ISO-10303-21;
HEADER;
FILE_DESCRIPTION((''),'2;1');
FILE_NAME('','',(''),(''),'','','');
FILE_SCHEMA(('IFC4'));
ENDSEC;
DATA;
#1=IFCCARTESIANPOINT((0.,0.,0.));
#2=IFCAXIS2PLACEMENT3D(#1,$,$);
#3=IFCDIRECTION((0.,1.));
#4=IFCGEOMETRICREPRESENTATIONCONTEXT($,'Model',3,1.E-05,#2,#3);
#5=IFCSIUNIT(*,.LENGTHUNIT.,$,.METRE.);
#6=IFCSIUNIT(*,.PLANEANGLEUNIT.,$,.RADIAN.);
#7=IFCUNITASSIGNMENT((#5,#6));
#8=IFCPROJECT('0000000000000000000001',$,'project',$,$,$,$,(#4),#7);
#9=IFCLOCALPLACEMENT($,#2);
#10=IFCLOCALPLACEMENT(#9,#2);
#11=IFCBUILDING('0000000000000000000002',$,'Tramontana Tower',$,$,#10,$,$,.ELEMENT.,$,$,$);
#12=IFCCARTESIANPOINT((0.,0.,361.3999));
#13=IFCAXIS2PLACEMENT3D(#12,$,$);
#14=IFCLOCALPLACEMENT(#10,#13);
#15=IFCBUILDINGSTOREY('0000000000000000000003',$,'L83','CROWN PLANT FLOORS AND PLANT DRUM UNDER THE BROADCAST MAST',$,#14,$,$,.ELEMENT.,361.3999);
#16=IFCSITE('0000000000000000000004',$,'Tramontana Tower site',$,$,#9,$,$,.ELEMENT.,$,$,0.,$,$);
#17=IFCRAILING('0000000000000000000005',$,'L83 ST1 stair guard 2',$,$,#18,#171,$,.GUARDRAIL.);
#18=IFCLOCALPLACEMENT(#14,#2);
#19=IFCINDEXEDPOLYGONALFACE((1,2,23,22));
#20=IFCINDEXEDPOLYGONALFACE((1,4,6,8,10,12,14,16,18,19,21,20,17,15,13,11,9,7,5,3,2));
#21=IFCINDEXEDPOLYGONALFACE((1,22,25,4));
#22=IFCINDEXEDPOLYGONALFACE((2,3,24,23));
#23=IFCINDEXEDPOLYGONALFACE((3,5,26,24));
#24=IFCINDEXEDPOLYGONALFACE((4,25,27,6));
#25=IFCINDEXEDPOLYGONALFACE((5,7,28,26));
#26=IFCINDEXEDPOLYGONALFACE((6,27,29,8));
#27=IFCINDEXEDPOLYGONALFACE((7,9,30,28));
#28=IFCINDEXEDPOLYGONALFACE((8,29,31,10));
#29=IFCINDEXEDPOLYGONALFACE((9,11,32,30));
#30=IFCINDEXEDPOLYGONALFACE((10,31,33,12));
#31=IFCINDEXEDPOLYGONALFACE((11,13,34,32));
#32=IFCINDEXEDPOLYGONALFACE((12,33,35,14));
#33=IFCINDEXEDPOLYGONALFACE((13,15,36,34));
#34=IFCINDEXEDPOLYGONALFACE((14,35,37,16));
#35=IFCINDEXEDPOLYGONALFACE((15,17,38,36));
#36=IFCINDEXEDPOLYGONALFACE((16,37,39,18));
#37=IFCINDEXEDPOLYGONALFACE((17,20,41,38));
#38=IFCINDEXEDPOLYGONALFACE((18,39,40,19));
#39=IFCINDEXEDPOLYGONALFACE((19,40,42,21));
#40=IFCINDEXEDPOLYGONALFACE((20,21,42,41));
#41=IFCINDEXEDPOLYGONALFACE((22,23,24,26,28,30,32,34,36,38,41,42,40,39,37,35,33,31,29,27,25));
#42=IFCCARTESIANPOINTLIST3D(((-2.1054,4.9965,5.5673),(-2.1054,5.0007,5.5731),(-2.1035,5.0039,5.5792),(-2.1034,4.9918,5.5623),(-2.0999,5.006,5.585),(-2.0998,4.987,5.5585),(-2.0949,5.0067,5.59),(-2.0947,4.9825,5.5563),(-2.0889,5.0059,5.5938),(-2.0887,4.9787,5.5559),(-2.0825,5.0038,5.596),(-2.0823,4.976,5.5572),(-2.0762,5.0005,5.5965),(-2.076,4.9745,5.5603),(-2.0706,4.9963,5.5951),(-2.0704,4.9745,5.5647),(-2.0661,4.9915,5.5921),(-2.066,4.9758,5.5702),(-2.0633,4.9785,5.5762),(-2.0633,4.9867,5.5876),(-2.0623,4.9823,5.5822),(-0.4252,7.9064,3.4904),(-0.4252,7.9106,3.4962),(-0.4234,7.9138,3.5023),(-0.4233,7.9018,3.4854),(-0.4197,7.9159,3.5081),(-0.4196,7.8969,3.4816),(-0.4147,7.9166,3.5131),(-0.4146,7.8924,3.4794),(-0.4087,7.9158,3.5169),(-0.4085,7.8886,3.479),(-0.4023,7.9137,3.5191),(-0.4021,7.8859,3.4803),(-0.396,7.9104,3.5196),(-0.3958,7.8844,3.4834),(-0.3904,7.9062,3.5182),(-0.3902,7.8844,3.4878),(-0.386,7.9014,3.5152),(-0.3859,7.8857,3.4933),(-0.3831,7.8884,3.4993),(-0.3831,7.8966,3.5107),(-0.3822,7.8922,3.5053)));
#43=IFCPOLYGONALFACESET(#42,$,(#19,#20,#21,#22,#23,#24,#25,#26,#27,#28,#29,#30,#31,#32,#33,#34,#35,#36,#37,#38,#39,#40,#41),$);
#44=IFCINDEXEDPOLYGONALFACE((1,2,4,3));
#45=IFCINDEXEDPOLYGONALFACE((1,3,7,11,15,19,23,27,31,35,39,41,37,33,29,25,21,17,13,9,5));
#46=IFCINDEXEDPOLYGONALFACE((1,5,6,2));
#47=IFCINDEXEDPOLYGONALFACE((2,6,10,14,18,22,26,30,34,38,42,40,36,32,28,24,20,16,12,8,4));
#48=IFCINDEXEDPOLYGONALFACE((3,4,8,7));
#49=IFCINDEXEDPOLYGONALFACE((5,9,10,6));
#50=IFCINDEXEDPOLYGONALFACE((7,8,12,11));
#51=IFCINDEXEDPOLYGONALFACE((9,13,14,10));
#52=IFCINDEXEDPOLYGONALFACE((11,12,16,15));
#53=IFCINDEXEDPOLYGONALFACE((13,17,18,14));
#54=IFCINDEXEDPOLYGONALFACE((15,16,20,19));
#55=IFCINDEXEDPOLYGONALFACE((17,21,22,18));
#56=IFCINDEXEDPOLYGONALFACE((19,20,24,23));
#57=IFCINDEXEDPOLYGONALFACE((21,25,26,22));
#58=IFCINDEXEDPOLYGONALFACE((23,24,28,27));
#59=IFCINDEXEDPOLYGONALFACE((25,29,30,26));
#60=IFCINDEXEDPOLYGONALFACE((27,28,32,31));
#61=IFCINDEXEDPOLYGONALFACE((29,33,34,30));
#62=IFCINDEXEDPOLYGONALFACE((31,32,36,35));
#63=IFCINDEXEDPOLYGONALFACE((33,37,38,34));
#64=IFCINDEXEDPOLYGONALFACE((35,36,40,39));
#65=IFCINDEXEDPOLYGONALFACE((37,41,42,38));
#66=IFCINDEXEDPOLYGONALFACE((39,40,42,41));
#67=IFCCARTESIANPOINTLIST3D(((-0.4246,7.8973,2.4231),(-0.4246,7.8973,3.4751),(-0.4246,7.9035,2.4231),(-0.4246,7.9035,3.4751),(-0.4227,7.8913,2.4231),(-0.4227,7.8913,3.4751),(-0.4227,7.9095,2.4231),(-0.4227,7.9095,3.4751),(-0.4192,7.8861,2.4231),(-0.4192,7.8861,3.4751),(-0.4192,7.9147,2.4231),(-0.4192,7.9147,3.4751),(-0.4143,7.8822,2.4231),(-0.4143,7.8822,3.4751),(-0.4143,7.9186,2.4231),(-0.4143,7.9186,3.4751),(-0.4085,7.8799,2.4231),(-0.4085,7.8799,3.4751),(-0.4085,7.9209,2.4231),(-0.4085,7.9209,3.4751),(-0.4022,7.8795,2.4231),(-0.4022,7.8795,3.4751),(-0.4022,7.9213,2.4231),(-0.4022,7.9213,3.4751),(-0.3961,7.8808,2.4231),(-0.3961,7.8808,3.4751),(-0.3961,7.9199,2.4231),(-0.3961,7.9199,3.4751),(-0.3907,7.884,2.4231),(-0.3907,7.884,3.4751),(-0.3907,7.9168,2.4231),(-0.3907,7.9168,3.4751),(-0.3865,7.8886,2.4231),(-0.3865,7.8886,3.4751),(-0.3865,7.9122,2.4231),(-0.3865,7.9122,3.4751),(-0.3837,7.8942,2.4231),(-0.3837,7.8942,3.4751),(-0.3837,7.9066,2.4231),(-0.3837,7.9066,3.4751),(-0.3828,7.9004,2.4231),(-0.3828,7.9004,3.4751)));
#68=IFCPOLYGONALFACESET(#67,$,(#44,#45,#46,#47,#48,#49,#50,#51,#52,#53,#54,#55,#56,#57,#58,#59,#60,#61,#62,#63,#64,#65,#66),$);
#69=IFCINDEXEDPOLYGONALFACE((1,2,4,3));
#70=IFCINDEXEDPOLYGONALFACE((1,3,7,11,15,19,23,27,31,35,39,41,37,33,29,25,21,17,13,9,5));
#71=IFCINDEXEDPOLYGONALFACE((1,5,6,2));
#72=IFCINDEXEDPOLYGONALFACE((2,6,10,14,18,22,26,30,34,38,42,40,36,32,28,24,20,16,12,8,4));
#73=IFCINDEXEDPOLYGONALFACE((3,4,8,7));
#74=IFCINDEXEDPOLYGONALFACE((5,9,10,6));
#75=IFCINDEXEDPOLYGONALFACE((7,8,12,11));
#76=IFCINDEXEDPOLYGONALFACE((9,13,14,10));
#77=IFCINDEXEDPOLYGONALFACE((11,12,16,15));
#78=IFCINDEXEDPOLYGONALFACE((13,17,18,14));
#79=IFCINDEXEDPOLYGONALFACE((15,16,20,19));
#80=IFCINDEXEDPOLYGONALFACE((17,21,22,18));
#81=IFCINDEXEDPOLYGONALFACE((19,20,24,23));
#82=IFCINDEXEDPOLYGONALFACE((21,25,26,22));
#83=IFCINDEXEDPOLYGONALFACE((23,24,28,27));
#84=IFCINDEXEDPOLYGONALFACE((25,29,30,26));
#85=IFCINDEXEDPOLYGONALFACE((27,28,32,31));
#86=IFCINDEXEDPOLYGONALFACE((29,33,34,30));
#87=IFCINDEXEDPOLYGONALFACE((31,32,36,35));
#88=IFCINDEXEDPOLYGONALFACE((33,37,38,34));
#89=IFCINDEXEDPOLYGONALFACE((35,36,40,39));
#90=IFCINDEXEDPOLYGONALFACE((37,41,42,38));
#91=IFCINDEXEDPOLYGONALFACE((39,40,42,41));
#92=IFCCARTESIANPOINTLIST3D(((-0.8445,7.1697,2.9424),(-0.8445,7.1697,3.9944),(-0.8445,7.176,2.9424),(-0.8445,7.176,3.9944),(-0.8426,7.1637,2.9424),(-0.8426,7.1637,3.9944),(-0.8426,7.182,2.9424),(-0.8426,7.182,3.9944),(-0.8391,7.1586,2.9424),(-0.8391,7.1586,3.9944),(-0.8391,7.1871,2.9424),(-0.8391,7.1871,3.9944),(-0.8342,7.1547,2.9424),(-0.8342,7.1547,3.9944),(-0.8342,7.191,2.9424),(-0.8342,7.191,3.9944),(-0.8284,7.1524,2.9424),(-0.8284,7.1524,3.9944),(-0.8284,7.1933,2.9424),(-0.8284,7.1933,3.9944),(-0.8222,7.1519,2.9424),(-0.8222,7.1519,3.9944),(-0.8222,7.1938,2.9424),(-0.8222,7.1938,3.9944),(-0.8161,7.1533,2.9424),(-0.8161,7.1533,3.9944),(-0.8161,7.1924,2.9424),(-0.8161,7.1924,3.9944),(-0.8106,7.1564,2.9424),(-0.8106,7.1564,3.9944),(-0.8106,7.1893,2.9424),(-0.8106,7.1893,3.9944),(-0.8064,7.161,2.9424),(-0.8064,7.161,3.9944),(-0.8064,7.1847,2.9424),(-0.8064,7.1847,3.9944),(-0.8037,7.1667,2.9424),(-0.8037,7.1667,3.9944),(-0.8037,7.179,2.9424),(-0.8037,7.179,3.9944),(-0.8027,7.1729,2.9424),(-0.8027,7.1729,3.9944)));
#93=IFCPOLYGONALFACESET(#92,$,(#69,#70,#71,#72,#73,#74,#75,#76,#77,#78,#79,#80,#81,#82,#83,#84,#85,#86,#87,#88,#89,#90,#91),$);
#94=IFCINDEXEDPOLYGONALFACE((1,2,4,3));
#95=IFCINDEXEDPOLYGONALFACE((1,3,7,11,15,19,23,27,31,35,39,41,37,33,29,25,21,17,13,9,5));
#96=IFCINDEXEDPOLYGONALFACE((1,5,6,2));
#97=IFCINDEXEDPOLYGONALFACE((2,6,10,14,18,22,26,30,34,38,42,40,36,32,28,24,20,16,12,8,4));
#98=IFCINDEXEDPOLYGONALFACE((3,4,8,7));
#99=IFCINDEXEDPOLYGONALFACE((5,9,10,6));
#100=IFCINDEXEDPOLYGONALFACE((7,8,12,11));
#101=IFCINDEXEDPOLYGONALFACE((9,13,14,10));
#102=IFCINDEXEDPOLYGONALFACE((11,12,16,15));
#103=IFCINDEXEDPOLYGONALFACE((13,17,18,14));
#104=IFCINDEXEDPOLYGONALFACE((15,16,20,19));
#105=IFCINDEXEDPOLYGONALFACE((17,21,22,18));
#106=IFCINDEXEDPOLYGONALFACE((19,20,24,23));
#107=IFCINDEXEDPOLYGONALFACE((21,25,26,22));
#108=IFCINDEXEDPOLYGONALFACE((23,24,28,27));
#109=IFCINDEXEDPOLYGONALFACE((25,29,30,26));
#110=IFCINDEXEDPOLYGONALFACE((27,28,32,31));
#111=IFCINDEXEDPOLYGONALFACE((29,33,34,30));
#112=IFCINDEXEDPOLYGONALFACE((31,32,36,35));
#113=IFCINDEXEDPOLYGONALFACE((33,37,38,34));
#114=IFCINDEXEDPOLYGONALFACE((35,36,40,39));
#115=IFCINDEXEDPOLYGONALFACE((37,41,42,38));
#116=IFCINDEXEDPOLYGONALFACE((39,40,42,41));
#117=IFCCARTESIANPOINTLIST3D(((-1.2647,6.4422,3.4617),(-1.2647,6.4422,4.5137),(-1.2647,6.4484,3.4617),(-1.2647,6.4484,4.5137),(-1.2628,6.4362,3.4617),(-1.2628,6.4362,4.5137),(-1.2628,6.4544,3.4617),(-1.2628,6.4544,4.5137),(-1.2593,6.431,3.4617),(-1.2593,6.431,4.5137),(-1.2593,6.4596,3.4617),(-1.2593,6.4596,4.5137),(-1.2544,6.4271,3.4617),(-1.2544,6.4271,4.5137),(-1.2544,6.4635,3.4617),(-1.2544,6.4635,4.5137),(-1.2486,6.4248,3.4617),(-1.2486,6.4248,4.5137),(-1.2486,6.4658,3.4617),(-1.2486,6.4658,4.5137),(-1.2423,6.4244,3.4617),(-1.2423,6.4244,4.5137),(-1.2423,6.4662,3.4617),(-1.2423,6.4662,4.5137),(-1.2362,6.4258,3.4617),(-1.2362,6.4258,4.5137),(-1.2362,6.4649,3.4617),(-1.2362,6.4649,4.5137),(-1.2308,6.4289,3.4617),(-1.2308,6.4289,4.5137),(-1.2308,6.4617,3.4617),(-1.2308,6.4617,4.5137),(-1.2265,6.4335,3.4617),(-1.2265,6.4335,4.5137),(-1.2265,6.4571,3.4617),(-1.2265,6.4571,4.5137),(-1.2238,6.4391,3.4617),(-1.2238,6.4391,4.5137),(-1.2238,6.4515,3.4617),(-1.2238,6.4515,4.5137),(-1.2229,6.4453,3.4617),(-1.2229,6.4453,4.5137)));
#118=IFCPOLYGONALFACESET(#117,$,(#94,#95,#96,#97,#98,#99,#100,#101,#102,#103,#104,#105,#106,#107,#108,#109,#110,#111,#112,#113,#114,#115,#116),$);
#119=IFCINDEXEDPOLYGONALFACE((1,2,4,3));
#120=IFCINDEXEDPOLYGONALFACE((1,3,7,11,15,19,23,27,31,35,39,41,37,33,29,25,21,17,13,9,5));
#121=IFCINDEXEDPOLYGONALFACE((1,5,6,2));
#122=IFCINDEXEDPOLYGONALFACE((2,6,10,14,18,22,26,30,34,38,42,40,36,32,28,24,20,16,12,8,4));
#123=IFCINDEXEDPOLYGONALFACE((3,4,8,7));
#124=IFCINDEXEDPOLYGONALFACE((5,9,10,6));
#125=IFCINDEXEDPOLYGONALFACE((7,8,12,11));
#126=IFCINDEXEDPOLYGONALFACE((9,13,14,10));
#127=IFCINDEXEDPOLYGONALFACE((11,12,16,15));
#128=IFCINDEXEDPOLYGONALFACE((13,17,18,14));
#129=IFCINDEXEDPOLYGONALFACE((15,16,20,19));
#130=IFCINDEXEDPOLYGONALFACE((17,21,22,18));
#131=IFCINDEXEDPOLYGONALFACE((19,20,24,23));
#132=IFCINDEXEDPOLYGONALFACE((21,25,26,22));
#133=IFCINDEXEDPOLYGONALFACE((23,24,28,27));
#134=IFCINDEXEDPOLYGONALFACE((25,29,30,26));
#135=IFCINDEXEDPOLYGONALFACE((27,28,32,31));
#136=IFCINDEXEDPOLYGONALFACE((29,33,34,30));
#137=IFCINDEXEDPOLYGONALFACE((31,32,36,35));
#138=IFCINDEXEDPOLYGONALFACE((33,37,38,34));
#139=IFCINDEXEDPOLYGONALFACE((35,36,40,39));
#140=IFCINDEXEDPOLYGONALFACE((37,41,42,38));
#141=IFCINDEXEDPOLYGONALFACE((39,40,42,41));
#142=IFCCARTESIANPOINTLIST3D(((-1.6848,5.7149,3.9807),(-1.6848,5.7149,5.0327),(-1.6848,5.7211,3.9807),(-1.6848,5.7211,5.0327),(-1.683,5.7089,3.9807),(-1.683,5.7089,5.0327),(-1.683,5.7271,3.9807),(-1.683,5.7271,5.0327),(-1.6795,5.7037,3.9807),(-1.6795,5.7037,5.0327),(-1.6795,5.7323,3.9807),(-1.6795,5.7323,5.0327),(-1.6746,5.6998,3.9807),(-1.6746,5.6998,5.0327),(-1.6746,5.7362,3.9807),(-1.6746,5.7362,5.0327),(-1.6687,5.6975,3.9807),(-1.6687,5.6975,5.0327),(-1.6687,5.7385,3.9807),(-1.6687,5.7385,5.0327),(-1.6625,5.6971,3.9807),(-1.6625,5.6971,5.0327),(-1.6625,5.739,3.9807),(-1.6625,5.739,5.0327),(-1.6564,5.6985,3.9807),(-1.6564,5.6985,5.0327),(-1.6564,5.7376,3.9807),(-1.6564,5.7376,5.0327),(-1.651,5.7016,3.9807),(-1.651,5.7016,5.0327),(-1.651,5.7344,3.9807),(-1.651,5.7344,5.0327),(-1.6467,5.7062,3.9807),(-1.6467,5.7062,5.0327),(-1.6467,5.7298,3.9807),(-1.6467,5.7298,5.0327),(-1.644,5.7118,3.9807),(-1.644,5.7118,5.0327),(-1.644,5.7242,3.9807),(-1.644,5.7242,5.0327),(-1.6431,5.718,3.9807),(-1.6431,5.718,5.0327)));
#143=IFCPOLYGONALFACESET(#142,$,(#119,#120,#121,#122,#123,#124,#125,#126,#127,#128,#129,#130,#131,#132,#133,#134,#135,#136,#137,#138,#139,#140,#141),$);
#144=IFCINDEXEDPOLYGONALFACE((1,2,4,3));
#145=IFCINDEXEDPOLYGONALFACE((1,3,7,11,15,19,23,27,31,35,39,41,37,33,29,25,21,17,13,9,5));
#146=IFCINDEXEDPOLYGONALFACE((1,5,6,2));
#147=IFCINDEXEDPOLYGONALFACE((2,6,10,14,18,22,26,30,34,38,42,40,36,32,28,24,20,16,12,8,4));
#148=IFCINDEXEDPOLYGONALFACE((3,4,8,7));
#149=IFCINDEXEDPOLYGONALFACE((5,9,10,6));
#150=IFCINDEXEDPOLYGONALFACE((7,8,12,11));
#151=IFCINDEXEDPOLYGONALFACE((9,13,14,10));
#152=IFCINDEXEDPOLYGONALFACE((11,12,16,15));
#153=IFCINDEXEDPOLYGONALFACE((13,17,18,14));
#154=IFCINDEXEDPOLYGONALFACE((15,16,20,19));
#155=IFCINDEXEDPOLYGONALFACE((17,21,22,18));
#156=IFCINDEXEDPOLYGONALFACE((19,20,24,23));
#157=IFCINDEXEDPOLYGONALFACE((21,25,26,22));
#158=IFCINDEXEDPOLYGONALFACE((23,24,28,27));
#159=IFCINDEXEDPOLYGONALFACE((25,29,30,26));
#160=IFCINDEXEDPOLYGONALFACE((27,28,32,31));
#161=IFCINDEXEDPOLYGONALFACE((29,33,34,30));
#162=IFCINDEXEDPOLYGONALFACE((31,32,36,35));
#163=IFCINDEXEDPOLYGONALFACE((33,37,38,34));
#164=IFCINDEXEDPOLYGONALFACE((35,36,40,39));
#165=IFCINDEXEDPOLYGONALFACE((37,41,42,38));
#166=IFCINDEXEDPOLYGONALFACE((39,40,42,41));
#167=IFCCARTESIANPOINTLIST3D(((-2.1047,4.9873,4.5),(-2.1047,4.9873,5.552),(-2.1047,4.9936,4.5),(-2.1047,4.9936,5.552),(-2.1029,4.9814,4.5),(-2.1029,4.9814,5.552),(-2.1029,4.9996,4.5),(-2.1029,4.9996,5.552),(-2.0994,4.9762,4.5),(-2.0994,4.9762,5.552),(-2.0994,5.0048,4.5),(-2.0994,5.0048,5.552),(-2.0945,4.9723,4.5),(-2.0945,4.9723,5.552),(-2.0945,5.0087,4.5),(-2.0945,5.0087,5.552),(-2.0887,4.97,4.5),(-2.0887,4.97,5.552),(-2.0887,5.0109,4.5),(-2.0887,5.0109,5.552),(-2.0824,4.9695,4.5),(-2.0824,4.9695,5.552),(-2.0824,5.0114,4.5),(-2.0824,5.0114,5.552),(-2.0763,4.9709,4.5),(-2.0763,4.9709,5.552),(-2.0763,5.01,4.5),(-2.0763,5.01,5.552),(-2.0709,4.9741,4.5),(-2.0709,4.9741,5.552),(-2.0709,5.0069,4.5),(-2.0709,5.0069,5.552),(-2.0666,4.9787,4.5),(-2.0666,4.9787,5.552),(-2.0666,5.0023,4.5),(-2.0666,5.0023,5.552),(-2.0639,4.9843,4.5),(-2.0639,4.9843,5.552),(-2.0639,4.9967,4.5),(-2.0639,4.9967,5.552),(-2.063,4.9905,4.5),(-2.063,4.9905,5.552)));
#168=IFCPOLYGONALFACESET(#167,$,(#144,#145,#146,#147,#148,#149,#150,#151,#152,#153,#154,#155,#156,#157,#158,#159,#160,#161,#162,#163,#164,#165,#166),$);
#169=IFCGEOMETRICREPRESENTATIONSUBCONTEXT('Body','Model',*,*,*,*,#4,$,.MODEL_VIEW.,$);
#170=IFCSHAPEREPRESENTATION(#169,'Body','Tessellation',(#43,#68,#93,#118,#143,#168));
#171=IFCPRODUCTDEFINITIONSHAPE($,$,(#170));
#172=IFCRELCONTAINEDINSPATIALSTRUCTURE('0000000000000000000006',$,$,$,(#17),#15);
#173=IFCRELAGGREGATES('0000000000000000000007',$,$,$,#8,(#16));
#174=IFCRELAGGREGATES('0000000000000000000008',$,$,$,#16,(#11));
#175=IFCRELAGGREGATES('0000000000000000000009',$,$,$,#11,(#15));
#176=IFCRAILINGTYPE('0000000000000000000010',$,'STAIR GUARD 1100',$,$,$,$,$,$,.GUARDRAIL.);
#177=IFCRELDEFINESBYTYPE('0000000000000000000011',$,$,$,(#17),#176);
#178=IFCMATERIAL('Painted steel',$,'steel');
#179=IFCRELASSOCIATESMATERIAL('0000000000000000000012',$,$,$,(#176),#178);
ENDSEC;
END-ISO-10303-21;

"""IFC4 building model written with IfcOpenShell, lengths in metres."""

from ifc_helpers import new_model, si_unit, direction, frame, origin, origin_2d, place, context, subcontext, project, spatial, circle, extrude, material, type_object, element, save


model = new_model("IFC4")

# Units and contexts
model_context = context("Model", 3, precision=1e-05, world=origin(), true_north=direction((0.0, 1.0)))
body_context = subcontext(model_context, "Body", "Model", "MODEL_VIEW")
ifc_project = project(units=[si_unit("LENGTHUNIT", "METRE"), si_unit("PLANEANGLEUNIT", "RADIAN")], contexts=[model_context])

# Site, building, storey
site_placement = place(None, origin())
site = spatial("IfcSite", under=ifc_project, at=site_placement, Name="Tramontana Tower site", CompositionType="ELEMENT", RefElevation=0.0)
building_placement = place(site_placement, origin())
building = spatial("IfcBuilding", under=site, at=building_placement, Name="Tramontana Tower", CompositionType="ELEMENT")
storey_placement = place(building_placement, frame((0.0, 0.0, 361.3999)))
storey = spatial("IfcBuildingStorey", under=building, at=storey_placement, Name="L83", Description="CROWN PLANT FLOORS AND PLANT DRUM UNDER THE BROADCAST MAST", CompositionType="ELEMENT", Elevation=361.3999)

# Railing
ifc_material_1 = material(Name="Painted steel", Category="steel")
railing_type_1 = type_object("IfcRailingType", Name="STAIR GUARD 1100", PredefinedType="GUARDRAIL", material=ifc_material_1)
railing_1_placement = place(storey_placement, frame((-0.4038, 7.9004, 2.4231)))
element("IfcRailing", 1, at=railing_1_placement, inside=storey, type_object=railing_type_1, Name="L83 ST1 stair guard 2", PredefinedType="GUARDRAIL", context=body_context, shape_type="SweptSolid", body=[
    extrude(circle(Radius=0.0239, at=origin_2d()), frame((0.0, 0.0, 1.0762), z_axis=(-0.425339, -0.736649, 0.525771), x_axis=(0.866008, -0.500031, 0.0)), (0.0, 0.0, 1.0), 3.9502),
    extrude(circle(Radius=0.021, at=origin_2d()), origin(), (0.0, 0.0, 1.0), 1.052),
    extrude(circle(Radius=0.021, at=origin_2d()), frame((-0.4199, -0.7275, 0.5193)), (0.0, 0.0, 1.0), 1.052),
    extrude(circle(Radius=0.021, at=origin_2d()), frame((-0.8401, -1.4551, 1.0386)), (0.0, 0.0, 1.0), 1.052),
    extrude(circle(Radius=0.021, at=origin_2d()), frame((-1.2603, -2.1824, 1.5576)), (0.0, 0.0, 1.0), 1.052),
    extrude(circle(Radius=0.021, at=origin_2d()), frame((-1.6802, -2.9099, 2.0769)), (0.0, 0.0, 1.0), 1.052),
])

save(model, "model.ifc")
